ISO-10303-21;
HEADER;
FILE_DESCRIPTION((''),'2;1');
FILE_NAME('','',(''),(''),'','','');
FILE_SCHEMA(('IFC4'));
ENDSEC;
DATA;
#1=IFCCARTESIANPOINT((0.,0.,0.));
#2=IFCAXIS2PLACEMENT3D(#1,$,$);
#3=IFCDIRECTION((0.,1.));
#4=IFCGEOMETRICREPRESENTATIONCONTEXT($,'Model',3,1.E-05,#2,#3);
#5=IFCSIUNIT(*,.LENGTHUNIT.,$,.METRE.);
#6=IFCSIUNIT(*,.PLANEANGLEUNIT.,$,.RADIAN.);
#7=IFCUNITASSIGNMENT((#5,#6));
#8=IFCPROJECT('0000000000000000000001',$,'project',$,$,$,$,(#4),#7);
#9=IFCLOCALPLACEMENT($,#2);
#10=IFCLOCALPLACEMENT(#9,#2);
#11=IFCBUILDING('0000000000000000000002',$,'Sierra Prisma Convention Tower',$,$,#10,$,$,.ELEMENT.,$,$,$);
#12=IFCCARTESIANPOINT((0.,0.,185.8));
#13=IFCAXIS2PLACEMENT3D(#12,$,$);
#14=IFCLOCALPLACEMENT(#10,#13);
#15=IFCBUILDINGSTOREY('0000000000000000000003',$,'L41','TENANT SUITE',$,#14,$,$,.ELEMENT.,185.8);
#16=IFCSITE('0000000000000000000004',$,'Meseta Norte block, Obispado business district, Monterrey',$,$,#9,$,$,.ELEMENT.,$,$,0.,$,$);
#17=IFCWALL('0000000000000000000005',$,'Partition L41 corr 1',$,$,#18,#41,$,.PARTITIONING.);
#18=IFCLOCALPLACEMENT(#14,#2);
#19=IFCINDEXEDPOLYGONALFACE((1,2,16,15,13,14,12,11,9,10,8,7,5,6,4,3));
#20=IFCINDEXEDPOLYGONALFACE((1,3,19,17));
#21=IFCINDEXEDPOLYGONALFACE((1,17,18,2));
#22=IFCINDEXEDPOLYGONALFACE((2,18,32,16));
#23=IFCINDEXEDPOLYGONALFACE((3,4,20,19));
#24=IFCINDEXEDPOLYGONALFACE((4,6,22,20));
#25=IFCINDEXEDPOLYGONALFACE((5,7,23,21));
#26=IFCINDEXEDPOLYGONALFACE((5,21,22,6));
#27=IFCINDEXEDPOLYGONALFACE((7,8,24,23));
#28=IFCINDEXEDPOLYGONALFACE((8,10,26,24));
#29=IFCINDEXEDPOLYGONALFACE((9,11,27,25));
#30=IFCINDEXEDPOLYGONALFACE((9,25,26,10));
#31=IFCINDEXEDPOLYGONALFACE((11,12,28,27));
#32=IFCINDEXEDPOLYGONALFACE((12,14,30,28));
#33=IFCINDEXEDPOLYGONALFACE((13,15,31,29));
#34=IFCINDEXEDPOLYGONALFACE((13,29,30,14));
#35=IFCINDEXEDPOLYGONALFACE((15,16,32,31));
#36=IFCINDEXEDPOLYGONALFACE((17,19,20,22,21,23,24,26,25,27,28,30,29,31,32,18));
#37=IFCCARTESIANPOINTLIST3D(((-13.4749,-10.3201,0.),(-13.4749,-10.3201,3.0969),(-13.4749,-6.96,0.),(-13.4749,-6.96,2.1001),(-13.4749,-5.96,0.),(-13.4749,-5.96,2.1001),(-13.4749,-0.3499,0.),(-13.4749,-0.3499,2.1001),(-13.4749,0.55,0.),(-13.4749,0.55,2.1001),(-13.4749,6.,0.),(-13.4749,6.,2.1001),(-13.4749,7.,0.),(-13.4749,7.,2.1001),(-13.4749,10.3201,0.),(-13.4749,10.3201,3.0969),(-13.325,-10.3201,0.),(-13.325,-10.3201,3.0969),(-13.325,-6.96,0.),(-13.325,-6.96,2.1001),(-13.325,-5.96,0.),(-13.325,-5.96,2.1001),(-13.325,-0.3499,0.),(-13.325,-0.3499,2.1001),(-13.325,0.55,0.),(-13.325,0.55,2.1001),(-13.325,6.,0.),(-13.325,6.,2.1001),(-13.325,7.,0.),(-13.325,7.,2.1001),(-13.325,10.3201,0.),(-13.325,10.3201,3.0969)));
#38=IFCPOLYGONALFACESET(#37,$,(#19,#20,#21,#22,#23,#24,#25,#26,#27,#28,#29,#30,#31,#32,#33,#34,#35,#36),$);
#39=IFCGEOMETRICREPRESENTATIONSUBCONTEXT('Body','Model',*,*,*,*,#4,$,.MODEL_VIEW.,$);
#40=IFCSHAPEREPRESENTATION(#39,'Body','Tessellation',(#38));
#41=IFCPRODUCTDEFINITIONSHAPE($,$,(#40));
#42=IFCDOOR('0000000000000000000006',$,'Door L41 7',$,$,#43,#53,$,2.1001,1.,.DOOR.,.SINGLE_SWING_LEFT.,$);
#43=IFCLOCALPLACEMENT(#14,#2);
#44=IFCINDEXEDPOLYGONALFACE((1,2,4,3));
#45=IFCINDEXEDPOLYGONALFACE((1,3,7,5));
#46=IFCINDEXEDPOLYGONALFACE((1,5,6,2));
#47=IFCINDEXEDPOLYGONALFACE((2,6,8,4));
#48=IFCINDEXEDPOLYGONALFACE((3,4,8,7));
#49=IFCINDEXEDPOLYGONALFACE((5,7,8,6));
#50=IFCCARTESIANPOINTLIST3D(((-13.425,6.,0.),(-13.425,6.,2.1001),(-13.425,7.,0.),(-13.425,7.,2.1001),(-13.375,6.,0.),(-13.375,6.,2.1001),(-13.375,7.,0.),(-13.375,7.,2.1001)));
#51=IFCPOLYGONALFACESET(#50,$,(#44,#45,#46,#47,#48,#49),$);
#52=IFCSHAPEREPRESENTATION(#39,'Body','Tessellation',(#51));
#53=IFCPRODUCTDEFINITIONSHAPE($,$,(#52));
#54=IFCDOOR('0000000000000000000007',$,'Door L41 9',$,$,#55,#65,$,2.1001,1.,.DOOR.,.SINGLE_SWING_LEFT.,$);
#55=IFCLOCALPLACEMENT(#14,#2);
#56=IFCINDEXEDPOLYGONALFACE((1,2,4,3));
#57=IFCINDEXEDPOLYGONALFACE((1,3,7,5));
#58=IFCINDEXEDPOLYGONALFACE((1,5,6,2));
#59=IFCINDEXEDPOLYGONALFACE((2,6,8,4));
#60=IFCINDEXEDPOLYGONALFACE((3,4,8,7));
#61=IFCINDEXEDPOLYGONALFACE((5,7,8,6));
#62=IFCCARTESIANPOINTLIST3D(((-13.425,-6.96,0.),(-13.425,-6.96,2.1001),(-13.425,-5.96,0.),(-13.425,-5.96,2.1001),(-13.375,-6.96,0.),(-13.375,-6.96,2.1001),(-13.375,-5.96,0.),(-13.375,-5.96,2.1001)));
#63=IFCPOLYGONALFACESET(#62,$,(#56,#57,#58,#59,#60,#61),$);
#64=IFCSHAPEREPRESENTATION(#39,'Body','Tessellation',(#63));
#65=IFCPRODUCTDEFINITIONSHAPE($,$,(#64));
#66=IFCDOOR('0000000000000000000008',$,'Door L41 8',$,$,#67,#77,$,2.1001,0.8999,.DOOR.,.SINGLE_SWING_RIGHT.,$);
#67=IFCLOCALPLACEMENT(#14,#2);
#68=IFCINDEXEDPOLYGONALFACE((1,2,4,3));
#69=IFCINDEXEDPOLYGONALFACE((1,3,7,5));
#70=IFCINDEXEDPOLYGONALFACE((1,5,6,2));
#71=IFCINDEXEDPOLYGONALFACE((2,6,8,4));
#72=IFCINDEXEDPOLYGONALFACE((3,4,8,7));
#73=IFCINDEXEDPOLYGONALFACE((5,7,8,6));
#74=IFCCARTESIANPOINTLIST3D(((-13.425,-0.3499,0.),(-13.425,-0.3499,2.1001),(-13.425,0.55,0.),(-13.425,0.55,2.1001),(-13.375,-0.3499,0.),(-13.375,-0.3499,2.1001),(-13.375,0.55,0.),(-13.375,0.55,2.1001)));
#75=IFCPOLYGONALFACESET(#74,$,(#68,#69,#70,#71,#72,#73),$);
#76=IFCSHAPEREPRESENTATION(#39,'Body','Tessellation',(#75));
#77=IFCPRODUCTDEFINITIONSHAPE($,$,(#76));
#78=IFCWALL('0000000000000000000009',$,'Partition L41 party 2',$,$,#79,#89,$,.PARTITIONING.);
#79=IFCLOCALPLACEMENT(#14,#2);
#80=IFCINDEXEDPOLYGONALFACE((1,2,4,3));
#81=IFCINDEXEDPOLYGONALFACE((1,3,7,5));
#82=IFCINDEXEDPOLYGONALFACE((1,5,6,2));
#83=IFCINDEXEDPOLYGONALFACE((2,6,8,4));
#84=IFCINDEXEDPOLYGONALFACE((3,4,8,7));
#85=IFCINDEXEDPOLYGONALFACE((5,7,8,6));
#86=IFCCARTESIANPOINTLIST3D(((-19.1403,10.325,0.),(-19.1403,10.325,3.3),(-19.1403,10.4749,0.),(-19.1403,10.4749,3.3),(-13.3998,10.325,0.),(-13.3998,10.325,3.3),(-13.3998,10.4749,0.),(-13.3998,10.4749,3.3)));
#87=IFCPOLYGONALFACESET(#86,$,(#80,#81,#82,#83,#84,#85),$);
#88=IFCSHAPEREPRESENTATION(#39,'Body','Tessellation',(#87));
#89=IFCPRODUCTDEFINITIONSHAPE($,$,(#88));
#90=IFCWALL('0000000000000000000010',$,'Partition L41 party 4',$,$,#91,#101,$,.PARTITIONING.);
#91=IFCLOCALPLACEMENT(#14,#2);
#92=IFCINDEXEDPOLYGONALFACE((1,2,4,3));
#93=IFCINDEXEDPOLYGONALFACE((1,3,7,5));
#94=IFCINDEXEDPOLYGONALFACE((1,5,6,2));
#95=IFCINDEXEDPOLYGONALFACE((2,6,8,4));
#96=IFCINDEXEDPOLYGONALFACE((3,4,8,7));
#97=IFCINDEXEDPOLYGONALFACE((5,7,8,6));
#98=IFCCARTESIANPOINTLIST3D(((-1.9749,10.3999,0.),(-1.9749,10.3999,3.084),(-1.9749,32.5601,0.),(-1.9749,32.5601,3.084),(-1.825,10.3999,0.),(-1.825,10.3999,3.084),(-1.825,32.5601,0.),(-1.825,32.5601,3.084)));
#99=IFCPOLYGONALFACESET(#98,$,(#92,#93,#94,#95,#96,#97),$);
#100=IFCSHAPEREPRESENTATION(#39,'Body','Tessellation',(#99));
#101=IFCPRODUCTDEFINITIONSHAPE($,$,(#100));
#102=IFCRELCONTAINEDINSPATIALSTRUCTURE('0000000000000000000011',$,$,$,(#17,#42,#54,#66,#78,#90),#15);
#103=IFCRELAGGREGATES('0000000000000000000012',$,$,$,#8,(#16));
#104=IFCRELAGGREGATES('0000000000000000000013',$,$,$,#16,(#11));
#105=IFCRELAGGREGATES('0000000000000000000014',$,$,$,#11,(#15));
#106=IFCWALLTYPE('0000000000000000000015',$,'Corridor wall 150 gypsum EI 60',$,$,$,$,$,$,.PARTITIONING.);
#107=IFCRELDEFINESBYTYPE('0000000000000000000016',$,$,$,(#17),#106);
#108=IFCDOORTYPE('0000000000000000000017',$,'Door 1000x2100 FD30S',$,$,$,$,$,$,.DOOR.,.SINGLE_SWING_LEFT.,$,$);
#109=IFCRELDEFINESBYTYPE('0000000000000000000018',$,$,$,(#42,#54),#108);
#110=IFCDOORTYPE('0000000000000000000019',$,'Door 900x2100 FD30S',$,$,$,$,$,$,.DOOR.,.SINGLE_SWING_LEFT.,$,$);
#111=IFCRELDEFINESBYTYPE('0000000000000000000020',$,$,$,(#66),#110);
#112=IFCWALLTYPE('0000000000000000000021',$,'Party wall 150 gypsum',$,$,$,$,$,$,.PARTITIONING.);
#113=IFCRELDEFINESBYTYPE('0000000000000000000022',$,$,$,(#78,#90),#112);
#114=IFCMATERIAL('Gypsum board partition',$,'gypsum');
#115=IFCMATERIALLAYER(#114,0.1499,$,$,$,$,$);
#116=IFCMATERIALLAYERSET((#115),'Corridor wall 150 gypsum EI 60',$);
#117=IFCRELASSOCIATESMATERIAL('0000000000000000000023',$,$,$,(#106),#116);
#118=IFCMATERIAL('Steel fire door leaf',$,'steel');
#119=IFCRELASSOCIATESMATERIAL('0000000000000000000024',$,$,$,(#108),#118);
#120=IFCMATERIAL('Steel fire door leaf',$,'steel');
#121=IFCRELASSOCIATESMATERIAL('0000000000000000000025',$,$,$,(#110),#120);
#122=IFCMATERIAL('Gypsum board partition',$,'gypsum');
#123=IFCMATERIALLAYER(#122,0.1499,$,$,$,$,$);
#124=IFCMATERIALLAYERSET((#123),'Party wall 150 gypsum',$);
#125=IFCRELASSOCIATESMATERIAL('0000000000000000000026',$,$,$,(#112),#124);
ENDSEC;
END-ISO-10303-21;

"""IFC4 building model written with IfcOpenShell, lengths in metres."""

from ifc_helpers import new_model, si_unit, direction, frame, frame_2d, origin, place, context, subcontext, project, spatial, rectangle, extrude, material, layer, layer_set, type_object, element, fill, save


model = new_model("IFC4")

# Units and contexts
model_context = context("Model", 3, precision=1e-05, world=origin(), true_north=direction((0.0, 1.0)))
body_context = subcontext(model_context, "Body", "Model", "MODEL_VIEW")
ifc_project = project(units=[si_unit("LENGTHUNIT", "METRE"), si_unit("PLANEANGLEUNIT", "RADIAN")], contexts=[model_context])

# Site, building, storey
site_placement = place(None, origin())
site = spatial("IfcSite", under=ifc_project, at=site_placement, Name="Meseta Norte block, Obispado business district, Monterrey", CompositionType="ELEMENT", RefElevation=0.0)
building_placement = place(site_placement, origin())
building = spatial("IfcBuilding", under=site, at=building_placement, Name="Sierra Prisma Convention Tower", CompositionType="ELEMENT")
storey_placement = place(building_placement, frame((0.0, 0.0, 185.8)))
storey = spatial("IfcBuildingStorey", under=building, at=storey_placement, Name="L41", Description="TENANT SUITE", CompositionType="ELEMENT", Elevation=185.8)

# Wall, openings, doors
ifc_material_1 = material(Name="Gypsum board partition", Category="gypsum")
ifc_layer_1 = layer(ifc_material_1, 0.1499)
ifc_layer_set_1 = layer_set([ifc_layer_1], Name="Corridor wall 150 gypsum EI 60")
wall_type_1 = type_object("IfcWallType", Name="Corridor wall 150 gypsum EI 60", PredefinedType="PARTITIONING", material=ifc_layer_set_1)
wall_1_placement = place(storey_placement, frame((-13.3999, 10.3201, 0.0), z_axis=(0.0, 0.0, 1.0), x_axis=(0.0, -1.0, 0.0)))
wall_1 = element("IfcWall", 1, at=wall_1_placement, inside=storey, type_object=wall_type_1, Name="Partition L41 corr 1", PredefinedType="PARTITIONING", context=body_context, shape_type="SweptSolid", body=[
    extrude(rectangle(XDim=20.6401, YDim=0.1499, at=frame_2d((10.3201, 0.0))), origin(), (0.0, 0.0, 1.0), 3.0969),
])
opening_1_placement = place(wall_1_placement, frame((3.3201, 0.0, 0.0)))
opening_1 = element("IfcOpeningElement", 2, at=opening_1_placement, cuts=wall_1, PredefinedType="OPENING", context=body_context, shape_type="SweptSolid", body=[
    extrude(rectangle(XDim=1.0, YDim=2.1001, at=frame_2d((0.5, 1.05))), frame((0.0, 0.075, 0.0), z_axis=(0.0, -1.0, 0.0), x_axis=(1.0, 0.0, 0.0)), (0.0, 0.0, 1.0), 0.1499),
])
opening_2_placement = place(wall_1_placement, frame((9.77, 0.0, 0.0)))
opening_2 = element("IfcOpeningElement", 3, at=opening_2_placement, cuts=wall_1, PredefinedType="OPENING", context=body_context, shape_type="SweptSolid", body=[
    extrude(rectangle(XDim=0.8999, YDim=2.1001, at=frame_2d((0.45, 1.05))), frame((0.0, 0.075, 0.0), z_axis=(0.0, -1.0, 0.0), x_axis=(1.0, 0.0, 0.0)), (0.0, 0.0, 1.0), 0.1499),
])
opening_3_placement = place(wall_1_placement, frame((16.28, 0.0, 0.0)))
opening_3 = element("IfcOpeningElement", 4, at=opening_3_placement, cuts=wall_1, PredefinedType="OPENING", context=body_context, shape_type="SweptSolid", body=[
    extrude(rectangle(XDim=1.0, YDim=2.1001, at=frame_2d((0.5, 1.05))), frame((0.0, 0.075, 0.0), z_axis=(0.0, -1.0, 0.0), x_axis=(1.0, 0.0, 0.0)), (0.0, 0.0, 1.0), 0.1499),
])
ifc_material_2 = material(Name="Steel fire door leaf", Category="steel")
door_type_1 = type_object("IfcDoorType", Name="Door 1000x2100 FD30S", OperationType="SINGLE_SWING_LEFT", PredefinedType="DOOR", material=ifc_material_2)
door_1_placement = place(opening_1_placement, origin())
door_1 = element("IfcDoor", 5, at=door_1_placement, inside=storey, type_object=door_type_1, Name="Door L41 7", OperationType="SINGLE_SWING_LEFT", OverallHeight=2.1001, OverallWidth=1.0, PredefinedType="DOOR", context=body_context, shape_type="SweptSolid", body=[
    extrude(rectangle(XDim=1.0, YDim=2.1001, at=frame_2d((0.5, 1.05))), frame((0.0, 0.0249, 0.0), z_axis=(0.0, -1.0, 0.0), x_axis=(1.0, 0.0, 0.0)), (0.0, 0.0, 1.0), 0.05),
])
fill(opening_1, door_1)
door_2_placement = place(opening_3_placement, origin())
door_2 = element("IfcDoor", 6, at=door_2_placement, inside=storey, type_object=door_type_1, Name="Door L41 9", OperationType="SINGLE_SWING_LEFT", OverallHeight=2.1001, OverallWidth=1.0, PredefinedType="DOOR", context=body_context, shape_type="SweptSolid", body=[
    extrude(rectangle(XDim=1.0, YDim=2.1001, at=frame_2d((0.5, 1.05))), frame((0.0, 0.0249, 0.0), z_axis=(0.0, -1.0, 0.0), x_axis=(1.0, 0.0, 0.0)), (0.0, 0.0, 1.0), 0.05),
])
fill(opening_3, door_2)
ifc_material_3 = material(Name="Steel fire door leaf", Category="steel")
door_type_2 = type_object("IfcDoorType", Name="Door 900x2100 FD30S", OperationType="SINGLE_SWING_LEFT", PredefinedType="DOOR", material=ifc_material_3)
door_3_placement = place(opening_2_placement, origin())
door_3 = element("IfcDoor", 7, at=door_3_placement, inside=storey, type_object=door_type_2, Name="Door L41 8", OperationType="SINGLE_SWING_RIGHT", OverallHeight=2.1001, OverallWidth=0.8999, PredefinedType="DOOR", context=body_context, shape_type="SweptSolid", body=[
    extrude(rectangle(XDim=0.8999, YDim=2.1001, at=frame_2d((0.45, 1.05))), frame((0.0, 0.0249, 0.0), z_axis=(0.0, -1.0, 0.0), x_axis=(1.0, 0.0, 0.0)), (0.0, 0.0, 1.0), 0.05),
])
fill(opening_2, door_3)

# Walls
ifc_material_4 = material(Name="Gypsum board partition", Category="gypsum")
ifc_layer_2 = layer(ifc_material_4, 0.1499)
ifc_layer_set_2 = layer_set([ifc_layer_2], Name="Party wall 150 gypsum")
wall_type_2 = type_object("IfcWallType", Name="Party wall 150 gypsum", PredefinedType="PARTITIONING", material=ifc_layer_set_2)
wall_2_placement = place(storey_placement, frame((-13.3999, 10.3999, 0.0), z_axis=(0.0, 0.0, 1.0), x_axis=(-1.0, 0.0, 0.0)))
element("IfcWall", 8, at=wall_2_placement, inside=storey, type_object=wall_type_2, Name="Partition L41 party 2", PredefinedType="PARTITIONING", context=body_context, shape_type="SweptSolid", body=[
    extrude(rectangle(XDim=5.7405, YDim=0.1499, at=frame_2d((2.8701, 0.0))), origin(), (0.0, 0.0, 1.0), 3.3),
])
wall_3_placement = place(storey_placement, frame((-1.8999, 10.3999, 0.0), z_axis=(0.0, 0.0, 1.0), x_axis=(0.0, 1.0, 0.0)))
element("IfcWall", 9, at=wall_3_placement, inside=storey, type_object=wall_type_2, Name="Partition L41 party 4", PredefinedType="PARTITIONING", context=body_context, shape_type="SweptSolid", body=[
    extrude(rectangle(XDim=22.1602, YDim=0.1499, at=frame_2d((11.0801, 0.0))), origin(), (0.0, 0.0, 1.0), 3.084),
])

save(model, "model.ifc")
